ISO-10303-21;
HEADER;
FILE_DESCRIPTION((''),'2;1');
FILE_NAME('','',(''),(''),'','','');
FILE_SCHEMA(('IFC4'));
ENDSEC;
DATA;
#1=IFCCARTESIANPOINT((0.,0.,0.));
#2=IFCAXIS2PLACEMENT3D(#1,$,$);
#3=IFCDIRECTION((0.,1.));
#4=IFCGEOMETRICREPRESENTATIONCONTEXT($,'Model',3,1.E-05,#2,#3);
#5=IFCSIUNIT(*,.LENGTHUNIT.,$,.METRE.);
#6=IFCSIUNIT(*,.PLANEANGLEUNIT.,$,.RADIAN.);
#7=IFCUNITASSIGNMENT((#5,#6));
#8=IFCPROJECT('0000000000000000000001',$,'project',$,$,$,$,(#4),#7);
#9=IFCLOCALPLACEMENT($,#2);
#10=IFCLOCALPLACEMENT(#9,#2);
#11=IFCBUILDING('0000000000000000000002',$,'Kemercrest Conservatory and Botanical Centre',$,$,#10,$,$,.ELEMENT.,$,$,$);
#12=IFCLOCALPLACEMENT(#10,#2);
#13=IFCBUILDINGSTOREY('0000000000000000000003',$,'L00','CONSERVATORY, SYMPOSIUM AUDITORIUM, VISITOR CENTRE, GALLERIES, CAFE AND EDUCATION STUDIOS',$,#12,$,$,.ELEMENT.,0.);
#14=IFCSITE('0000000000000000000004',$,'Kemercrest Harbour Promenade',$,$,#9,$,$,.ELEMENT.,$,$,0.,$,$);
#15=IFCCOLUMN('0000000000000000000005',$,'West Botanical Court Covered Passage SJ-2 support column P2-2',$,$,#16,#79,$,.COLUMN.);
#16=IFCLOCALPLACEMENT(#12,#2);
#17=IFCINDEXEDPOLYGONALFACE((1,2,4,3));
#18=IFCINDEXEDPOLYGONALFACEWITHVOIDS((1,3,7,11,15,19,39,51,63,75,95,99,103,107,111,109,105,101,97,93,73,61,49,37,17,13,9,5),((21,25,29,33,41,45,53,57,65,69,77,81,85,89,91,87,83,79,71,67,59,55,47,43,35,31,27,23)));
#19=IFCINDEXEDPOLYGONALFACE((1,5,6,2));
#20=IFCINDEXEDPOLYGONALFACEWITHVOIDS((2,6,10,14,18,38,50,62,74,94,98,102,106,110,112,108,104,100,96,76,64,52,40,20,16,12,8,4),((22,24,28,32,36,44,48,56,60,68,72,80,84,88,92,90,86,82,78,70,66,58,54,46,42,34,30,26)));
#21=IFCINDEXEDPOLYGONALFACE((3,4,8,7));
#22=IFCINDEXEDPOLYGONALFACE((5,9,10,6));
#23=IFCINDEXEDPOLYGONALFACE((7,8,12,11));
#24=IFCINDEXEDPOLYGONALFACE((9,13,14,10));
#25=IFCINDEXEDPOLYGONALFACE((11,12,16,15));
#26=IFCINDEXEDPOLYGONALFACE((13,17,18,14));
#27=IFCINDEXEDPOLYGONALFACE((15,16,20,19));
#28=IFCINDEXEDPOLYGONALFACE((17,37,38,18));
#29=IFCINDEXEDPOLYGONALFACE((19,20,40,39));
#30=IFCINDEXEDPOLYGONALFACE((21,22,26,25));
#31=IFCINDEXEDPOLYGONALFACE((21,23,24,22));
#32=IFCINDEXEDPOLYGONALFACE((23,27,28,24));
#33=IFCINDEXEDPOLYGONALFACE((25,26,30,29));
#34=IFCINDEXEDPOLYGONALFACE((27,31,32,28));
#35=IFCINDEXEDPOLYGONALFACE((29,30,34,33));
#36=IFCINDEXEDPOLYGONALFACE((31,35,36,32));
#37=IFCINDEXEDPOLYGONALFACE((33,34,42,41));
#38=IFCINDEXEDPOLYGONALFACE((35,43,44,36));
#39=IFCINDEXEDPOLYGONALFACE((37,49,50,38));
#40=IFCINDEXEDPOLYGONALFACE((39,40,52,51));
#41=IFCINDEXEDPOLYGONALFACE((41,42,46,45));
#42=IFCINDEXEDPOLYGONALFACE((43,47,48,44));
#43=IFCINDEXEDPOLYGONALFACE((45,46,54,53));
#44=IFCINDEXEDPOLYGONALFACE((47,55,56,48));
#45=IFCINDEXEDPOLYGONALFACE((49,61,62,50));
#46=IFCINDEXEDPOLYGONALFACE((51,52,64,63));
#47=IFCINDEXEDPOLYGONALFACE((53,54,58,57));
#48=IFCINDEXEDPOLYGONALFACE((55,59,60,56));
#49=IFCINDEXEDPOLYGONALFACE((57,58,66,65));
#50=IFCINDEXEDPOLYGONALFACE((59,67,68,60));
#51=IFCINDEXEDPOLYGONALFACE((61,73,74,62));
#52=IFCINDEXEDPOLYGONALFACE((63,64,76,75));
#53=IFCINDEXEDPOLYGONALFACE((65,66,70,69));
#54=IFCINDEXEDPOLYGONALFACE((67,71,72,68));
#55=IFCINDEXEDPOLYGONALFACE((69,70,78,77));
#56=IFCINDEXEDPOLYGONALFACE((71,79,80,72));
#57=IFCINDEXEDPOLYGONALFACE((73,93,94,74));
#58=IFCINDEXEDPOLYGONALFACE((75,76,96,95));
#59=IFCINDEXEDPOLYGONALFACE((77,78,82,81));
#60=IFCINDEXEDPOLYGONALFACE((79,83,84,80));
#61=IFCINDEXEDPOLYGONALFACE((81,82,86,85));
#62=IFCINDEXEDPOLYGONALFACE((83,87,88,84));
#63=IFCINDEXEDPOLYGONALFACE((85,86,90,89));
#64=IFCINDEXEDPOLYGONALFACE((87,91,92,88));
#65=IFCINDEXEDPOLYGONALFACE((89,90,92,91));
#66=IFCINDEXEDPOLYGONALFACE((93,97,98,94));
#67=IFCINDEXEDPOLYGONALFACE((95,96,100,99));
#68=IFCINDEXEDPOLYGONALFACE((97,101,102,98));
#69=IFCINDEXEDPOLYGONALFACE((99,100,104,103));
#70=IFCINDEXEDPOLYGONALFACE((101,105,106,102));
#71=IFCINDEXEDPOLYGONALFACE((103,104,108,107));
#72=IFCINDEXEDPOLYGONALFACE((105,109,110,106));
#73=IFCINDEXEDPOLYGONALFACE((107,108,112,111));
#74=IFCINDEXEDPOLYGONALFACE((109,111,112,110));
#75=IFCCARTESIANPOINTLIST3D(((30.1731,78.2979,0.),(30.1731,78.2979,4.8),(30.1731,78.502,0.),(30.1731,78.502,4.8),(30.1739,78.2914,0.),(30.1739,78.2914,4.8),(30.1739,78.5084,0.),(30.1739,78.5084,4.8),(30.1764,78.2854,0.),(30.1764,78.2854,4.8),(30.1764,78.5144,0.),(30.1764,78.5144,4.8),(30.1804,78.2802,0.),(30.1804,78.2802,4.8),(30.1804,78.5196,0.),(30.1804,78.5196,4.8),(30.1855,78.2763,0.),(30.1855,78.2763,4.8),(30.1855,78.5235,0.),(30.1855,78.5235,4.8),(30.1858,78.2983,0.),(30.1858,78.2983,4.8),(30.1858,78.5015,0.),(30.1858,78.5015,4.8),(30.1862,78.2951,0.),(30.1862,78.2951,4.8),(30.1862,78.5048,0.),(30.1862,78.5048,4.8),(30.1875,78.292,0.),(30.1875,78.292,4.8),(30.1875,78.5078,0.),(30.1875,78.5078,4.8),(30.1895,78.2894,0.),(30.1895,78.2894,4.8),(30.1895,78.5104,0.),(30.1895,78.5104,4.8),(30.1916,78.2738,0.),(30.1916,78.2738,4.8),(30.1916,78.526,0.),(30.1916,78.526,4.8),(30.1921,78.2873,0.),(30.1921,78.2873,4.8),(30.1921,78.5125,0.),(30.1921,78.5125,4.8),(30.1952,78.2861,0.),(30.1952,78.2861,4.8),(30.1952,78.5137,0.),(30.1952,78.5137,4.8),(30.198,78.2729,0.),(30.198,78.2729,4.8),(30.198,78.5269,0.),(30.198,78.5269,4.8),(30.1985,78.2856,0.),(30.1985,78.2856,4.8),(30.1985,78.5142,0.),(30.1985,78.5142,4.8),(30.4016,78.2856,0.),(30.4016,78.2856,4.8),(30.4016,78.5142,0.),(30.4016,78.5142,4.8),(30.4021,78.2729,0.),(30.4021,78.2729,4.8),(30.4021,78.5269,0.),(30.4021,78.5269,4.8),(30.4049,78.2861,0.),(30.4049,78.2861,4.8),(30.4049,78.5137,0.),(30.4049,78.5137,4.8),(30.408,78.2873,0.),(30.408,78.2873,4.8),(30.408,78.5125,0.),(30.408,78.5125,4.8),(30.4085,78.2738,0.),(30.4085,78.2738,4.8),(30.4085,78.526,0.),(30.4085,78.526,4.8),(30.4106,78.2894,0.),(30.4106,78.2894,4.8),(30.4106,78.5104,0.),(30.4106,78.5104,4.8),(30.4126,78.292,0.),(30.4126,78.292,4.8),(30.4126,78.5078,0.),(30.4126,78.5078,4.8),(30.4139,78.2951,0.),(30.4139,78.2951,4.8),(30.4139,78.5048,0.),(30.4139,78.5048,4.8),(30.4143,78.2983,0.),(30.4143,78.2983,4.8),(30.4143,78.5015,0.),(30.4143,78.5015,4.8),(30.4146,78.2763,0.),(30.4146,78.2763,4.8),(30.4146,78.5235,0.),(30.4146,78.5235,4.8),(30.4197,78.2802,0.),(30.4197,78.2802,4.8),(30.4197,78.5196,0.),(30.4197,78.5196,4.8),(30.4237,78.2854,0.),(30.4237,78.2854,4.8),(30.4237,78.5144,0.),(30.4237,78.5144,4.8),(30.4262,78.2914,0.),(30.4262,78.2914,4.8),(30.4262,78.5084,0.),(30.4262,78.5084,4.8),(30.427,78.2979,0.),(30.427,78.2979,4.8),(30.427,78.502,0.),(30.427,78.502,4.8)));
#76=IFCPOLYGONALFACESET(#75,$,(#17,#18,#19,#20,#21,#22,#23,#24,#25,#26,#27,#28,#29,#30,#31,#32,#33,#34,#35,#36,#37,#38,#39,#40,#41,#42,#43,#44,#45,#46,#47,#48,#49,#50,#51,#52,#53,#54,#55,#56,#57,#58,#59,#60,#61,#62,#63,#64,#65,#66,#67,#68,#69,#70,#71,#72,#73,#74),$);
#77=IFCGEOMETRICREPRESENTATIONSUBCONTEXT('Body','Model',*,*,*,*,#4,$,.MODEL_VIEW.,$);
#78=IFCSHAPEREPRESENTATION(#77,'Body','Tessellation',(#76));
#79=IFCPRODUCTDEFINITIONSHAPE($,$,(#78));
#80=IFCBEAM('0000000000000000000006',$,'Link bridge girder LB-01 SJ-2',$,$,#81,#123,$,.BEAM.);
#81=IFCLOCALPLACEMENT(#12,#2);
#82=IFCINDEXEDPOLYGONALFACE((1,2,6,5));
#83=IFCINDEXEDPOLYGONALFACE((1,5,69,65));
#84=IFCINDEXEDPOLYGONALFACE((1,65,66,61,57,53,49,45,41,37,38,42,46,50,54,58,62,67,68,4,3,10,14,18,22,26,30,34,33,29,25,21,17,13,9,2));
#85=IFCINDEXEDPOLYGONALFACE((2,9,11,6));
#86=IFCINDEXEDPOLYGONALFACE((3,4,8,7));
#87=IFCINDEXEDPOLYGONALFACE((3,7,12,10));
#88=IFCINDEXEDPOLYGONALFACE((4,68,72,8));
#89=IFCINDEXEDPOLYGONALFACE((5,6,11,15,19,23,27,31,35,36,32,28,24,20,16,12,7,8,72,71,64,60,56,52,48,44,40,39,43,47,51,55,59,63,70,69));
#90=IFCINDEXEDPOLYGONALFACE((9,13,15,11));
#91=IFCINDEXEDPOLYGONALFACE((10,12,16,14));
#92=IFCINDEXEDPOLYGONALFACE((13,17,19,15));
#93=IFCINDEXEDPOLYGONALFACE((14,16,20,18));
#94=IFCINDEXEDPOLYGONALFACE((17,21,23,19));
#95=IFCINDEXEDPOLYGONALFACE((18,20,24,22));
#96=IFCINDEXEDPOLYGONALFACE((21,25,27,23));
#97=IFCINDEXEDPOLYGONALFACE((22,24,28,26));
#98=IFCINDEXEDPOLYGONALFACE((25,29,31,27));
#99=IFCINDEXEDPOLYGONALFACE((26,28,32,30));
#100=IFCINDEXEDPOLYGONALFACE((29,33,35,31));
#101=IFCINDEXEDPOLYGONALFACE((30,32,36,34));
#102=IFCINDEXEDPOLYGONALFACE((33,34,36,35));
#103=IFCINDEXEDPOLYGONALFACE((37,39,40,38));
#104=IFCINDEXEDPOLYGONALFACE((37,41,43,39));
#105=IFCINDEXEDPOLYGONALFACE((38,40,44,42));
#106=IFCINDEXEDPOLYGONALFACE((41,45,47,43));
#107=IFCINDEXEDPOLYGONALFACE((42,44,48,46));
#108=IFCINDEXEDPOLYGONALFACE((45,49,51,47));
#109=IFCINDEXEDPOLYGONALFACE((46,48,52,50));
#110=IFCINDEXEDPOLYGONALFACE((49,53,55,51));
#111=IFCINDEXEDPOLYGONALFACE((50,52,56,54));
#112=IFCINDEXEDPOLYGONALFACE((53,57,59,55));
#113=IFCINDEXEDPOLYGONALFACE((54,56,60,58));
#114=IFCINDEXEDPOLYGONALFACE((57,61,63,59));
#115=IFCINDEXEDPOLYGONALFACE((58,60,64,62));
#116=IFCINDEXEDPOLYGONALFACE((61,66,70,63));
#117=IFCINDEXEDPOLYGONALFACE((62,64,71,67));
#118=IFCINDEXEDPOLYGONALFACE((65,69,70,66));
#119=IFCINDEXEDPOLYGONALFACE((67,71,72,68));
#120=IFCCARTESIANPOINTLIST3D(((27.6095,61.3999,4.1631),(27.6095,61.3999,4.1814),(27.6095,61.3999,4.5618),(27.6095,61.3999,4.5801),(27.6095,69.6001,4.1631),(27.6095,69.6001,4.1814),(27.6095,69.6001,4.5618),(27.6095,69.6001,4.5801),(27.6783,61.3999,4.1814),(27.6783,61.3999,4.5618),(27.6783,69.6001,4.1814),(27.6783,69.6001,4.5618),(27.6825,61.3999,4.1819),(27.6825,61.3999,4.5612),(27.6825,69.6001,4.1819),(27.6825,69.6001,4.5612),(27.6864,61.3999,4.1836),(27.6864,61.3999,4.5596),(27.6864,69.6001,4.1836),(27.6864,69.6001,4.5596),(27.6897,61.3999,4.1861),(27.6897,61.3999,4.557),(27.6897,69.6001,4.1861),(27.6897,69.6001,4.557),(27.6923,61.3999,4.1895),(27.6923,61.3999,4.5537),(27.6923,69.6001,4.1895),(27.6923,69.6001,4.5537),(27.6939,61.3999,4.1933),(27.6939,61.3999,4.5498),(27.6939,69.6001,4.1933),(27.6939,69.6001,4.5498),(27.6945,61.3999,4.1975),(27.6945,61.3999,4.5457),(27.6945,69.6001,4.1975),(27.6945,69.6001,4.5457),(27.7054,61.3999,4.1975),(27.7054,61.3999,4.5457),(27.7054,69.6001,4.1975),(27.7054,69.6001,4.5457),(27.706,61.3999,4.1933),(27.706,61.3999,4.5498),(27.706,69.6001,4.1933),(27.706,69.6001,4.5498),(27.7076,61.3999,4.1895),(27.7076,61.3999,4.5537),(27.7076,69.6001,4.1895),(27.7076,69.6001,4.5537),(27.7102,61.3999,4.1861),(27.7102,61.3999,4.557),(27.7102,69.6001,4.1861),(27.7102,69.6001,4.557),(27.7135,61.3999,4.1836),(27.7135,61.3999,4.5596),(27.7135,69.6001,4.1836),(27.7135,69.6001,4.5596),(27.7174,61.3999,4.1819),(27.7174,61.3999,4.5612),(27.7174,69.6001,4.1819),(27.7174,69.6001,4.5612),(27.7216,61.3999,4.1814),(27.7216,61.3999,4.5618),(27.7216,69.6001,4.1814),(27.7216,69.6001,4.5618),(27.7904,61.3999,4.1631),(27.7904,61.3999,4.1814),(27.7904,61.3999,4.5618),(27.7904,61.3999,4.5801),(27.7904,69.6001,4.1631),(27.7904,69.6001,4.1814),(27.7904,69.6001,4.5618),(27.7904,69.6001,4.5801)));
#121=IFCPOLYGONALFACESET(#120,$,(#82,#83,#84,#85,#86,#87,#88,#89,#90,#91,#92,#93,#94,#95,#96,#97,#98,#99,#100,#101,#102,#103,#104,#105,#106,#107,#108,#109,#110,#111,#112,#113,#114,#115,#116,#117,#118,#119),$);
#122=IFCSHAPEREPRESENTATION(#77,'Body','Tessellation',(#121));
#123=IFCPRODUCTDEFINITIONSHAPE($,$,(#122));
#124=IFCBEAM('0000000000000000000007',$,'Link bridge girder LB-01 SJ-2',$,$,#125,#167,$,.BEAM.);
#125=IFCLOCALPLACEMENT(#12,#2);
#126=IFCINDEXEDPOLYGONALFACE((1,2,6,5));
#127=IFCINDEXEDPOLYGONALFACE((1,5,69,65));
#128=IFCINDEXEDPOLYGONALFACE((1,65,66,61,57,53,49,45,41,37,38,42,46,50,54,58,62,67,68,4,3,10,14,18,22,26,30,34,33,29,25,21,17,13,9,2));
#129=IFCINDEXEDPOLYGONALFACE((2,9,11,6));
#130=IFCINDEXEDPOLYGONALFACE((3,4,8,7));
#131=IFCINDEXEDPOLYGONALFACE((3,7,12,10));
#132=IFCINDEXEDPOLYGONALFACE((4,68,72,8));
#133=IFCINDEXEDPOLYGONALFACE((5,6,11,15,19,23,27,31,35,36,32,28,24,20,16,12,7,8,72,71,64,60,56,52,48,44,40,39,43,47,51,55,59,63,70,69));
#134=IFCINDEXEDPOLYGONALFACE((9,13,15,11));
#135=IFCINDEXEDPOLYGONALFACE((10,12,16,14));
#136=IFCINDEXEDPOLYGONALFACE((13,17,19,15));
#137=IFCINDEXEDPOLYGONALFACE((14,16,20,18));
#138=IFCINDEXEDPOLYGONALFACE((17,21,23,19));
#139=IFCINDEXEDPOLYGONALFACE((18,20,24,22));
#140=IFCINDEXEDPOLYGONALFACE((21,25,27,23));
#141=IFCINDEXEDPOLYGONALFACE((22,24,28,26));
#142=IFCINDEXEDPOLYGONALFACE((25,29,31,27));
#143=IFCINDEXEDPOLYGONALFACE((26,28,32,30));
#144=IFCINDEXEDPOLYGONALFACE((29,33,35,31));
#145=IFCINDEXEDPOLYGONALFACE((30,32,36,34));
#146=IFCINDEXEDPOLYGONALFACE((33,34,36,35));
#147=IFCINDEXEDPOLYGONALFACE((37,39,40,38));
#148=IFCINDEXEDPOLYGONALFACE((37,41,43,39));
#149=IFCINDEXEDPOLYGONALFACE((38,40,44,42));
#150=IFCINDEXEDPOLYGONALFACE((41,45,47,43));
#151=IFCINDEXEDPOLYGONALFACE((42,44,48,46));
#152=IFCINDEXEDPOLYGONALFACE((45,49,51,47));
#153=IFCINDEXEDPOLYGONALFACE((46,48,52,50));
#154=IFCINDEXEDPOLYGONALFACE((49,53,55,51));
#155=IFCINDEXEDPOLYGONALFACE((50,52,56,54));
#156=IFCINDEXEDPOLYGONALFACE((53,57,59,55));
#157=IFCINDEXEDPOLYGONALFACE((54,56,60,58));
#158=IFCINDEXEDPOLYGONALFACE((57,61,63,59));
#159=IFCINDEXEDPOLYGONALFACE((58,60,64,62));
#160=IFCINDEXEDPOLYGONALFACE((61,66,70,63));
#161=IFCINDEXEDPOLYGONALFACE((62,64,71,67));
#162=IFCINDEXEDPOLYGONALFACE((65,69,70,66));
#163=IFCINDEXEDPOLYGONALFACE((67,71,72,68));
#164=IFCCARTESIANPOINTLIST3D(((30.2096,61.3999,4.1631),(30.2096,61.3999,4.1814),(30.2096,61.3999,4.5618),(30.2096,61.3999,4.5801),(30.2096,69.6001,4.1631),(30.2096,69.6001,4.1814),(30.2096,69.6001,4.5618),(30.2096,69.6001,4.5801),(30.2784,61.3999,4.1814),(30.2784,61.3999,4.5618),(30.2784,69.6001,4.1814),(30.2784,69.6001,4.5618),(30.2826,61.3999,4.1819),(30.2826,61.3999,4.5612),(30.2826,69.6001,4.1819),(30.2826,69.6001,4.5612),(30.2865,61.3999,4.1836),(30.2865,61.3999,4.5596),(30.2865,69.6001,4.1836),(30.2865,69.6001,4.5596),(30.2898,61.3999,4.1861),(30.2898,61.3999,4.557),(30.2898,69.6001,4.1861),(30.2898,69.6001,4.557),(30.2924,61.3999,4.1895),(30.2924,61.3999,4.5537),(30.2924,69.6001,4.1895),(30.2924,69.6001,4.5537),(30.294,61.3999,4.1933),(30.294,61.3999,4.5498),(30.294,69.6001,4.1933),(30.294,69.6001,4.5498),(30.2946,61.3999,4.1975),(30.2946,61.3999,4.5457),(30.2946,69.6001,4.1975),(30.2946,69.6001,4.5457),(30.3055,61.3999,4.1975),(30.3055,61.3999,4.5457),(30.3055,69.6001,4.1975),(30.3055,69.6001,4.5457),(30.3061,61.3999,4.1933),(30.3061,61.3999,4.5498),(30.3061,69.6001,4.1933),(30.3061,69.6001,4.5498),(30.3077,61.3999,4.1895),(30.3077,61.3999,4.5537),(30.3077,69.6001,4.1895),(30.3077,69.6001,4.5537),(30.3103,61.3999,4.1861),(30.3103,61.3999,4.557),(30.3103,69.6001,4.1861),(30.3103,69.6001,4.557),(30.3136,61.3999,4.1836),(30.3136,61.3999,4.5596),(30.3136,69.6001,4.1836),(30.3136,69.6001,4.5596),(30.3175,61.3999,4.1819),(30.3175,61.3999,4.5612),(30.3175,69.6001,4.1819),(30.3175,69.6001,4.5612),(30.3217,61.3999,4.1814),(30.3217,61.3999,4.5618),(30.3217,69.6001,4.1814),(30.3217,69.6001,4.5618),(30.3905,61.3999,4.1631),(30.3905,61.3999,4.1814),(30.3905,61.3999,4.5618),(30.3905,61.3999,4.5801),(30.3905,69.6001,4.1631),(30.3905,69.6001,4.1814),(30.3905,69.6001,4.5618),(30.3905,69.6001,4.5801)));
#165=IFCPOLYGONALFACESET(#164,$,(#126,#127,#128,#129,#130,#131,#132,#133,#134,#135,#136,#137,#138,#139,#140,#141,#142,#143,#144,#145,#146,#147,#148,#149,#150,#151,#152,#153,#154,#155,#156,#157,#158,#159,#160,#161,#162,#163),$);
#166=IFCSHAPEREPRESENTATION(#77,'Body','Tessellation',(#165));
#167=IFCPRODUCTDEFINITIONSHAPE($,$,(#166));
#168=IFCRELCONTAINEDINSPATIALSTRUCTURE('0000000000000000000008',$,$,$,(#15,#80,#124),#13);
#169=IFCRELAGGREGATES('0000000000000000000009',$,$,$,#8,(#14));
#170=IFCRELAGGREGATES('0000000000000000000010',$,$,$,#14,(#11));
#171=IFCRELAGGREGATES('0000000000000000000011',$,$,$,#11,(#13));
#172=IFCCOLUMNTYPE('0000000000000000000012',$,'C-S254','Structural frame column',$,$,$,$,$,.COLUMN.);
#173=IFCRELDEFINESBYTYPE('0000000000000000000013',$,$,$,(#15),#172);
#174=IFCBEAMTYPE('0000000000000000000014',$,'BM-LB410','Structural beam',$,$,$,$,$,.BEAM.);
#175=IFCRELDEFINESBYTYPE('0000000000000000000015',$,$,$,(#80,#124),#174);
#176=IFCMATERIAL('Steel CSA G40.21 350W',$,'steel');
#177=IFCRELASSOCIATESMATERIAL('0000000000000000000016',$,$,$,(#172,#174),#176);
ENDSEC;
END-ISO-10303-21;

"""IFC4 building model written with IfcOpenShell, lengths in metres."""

from ifc_helpers import new_model, si_unit, direction, frame, origin, origin_2d, place, context, subcontext, project, spatial, hollow_rectangle, i_section, extrude, material, material_profile, profile_set, type_object, element, save


model = new_model("IFC4")

# Units and contexts
model_context = context("Model", 3, precision=1e-05, world=origin(), true_north=direction((0.0, 1.0)))
body_context = subcontext(model_context, "Body", "Model", "MODEL_VIEW")
ifc_project = project(units=[si_unit("LENGTHUNIT", "METRE"), si_unit("PLANEANGLEUNIT", "RADIAN")], contexts=[model_context])

# Site, building, storey
site_placement = place(None, origin())
site = spatial("IfcSite", under=ifc_project, at=site_placement, Name="Kemercrest Harbour Promenade", CompositionType="ELEMENT", RefElevation=0.0)
building_placement = place(site_placement, origin())
building = spatial("IfcBuilding", under=site, at=building_placement, Name="Kemercrest Conservatory and Botanical Centre", CompositionType="ELEMENT")
storey_placement = place(building_placement, origin())
storey = spatial("IfcBuildingStorey", under=building, at=storey_placement, Name="L00", Description="CONSERVATORY, SYMPOSIUM AUDITORIUM, VISITOR CENTRE, GALLERIES, CAFE AND EDUCATION STUDIOS", CompositionType="ELEMENT", Elevation=0.0)

# Column
ifc_material_1 = material(Name="Steel CSA G40.21 350W", Category="steel")
ifc_material_profile_1 = material_profile(ifc_material_1, hollow_rectangle(XDim=0.2539, YDim=0.2539, WallThickness=0.0127, InnerFilletRadius=0.0127, OuterFilletRadius=0.0249, at=origin_2d()), Name="HSS 254x254x12.7")
ifc_profile_set_1 = profile_set([ifc_material_profile_1], Name="Steel CSA G40.21 350W")
column_type_1 = type_object("IfcColumnType", Name="C-S254", Description="Structural frame column", PredefinedType="COLUMN", material=ifc_profile_set_1)
for number, where, z_axis, x_axis, name in (
    (1, (30.3, 78.3999, 0.0), (0.0, 0.0, 1.0), (1.0, 0.0, 0.0), "West Botanical Court Covered Passage SJ-2 support column P2-2"),
):
    element("IfcColumn", number, at=place(storey_placement, frame(where, z_axis=z_axis, x_axis=x_axis)), inside=storey, type_object=column_type_1, Name=name, PredefinedType="COLUMN", context=body_context, shape_type="SweptSolid", body=[
        extrude(hollow_rectangle(XDim=0.2539, YDim=0.2539, WallThickness=0.0127, InnerFilletRadius=0.0127, OuterFilletRadius=0.0249, at=origin_2d()), origin(), (0.0, 0.0, 1.0), 4.8),
    ])

# Beams
ifc_material_profile_2 = material_profile(ifc_material_1, i_section(OverallWidth=0.1809, OverallDepth=0.417, WebThickness=0.011, FlangeThickness=0.0183, FilletRadius=0.0161, at=origin_2d()), Name="W410X85")
ifc_profile_set_2 = profile_set([ifc_material_profile_2], Name="Steel CSA G40.21 350W")
beam_type_1 = type_object("IfcBeamType", Name="BM-LB410", Description="Structural beam", PredefinedType="BEAM", material=ifc_profile_set_2)
for number, where, z_axis, x_axis, name in (
    (2, (27.7, 61.3999, 4.3716), (0.0, 1.0, 0.0), (-1.0, 0.0, 0.0), "Link bridge girder LB-01 SJ-2"),
    (3, (30.3, 61.3999, 4.3716), (0.0, 1.0, 0.0), (-1.0, 0.0, 0.0), "Link bridge girder LB-01 SJ-2"),
):
    element("IfcBeam", number, at=place(storey_placement, frame(where, z_axis=z_axis, x_axis=x_axis)), inside=storey, type_object=beam_type_1, Name=name, PredefinedType="BEAM", context=body_context, shape_type="SweptSolid", body=[
        extrude(i_section(OverallWidth=0.1809, OverallDepth=0.417, WebThickness=0.011, FlangeThickness=0.0183, FilletRadius=0.0161, at=origin_2d()), origin(), (0.0, 0.0, 1.0), 8.2002),
    ])

save(model, "model.ifc")
